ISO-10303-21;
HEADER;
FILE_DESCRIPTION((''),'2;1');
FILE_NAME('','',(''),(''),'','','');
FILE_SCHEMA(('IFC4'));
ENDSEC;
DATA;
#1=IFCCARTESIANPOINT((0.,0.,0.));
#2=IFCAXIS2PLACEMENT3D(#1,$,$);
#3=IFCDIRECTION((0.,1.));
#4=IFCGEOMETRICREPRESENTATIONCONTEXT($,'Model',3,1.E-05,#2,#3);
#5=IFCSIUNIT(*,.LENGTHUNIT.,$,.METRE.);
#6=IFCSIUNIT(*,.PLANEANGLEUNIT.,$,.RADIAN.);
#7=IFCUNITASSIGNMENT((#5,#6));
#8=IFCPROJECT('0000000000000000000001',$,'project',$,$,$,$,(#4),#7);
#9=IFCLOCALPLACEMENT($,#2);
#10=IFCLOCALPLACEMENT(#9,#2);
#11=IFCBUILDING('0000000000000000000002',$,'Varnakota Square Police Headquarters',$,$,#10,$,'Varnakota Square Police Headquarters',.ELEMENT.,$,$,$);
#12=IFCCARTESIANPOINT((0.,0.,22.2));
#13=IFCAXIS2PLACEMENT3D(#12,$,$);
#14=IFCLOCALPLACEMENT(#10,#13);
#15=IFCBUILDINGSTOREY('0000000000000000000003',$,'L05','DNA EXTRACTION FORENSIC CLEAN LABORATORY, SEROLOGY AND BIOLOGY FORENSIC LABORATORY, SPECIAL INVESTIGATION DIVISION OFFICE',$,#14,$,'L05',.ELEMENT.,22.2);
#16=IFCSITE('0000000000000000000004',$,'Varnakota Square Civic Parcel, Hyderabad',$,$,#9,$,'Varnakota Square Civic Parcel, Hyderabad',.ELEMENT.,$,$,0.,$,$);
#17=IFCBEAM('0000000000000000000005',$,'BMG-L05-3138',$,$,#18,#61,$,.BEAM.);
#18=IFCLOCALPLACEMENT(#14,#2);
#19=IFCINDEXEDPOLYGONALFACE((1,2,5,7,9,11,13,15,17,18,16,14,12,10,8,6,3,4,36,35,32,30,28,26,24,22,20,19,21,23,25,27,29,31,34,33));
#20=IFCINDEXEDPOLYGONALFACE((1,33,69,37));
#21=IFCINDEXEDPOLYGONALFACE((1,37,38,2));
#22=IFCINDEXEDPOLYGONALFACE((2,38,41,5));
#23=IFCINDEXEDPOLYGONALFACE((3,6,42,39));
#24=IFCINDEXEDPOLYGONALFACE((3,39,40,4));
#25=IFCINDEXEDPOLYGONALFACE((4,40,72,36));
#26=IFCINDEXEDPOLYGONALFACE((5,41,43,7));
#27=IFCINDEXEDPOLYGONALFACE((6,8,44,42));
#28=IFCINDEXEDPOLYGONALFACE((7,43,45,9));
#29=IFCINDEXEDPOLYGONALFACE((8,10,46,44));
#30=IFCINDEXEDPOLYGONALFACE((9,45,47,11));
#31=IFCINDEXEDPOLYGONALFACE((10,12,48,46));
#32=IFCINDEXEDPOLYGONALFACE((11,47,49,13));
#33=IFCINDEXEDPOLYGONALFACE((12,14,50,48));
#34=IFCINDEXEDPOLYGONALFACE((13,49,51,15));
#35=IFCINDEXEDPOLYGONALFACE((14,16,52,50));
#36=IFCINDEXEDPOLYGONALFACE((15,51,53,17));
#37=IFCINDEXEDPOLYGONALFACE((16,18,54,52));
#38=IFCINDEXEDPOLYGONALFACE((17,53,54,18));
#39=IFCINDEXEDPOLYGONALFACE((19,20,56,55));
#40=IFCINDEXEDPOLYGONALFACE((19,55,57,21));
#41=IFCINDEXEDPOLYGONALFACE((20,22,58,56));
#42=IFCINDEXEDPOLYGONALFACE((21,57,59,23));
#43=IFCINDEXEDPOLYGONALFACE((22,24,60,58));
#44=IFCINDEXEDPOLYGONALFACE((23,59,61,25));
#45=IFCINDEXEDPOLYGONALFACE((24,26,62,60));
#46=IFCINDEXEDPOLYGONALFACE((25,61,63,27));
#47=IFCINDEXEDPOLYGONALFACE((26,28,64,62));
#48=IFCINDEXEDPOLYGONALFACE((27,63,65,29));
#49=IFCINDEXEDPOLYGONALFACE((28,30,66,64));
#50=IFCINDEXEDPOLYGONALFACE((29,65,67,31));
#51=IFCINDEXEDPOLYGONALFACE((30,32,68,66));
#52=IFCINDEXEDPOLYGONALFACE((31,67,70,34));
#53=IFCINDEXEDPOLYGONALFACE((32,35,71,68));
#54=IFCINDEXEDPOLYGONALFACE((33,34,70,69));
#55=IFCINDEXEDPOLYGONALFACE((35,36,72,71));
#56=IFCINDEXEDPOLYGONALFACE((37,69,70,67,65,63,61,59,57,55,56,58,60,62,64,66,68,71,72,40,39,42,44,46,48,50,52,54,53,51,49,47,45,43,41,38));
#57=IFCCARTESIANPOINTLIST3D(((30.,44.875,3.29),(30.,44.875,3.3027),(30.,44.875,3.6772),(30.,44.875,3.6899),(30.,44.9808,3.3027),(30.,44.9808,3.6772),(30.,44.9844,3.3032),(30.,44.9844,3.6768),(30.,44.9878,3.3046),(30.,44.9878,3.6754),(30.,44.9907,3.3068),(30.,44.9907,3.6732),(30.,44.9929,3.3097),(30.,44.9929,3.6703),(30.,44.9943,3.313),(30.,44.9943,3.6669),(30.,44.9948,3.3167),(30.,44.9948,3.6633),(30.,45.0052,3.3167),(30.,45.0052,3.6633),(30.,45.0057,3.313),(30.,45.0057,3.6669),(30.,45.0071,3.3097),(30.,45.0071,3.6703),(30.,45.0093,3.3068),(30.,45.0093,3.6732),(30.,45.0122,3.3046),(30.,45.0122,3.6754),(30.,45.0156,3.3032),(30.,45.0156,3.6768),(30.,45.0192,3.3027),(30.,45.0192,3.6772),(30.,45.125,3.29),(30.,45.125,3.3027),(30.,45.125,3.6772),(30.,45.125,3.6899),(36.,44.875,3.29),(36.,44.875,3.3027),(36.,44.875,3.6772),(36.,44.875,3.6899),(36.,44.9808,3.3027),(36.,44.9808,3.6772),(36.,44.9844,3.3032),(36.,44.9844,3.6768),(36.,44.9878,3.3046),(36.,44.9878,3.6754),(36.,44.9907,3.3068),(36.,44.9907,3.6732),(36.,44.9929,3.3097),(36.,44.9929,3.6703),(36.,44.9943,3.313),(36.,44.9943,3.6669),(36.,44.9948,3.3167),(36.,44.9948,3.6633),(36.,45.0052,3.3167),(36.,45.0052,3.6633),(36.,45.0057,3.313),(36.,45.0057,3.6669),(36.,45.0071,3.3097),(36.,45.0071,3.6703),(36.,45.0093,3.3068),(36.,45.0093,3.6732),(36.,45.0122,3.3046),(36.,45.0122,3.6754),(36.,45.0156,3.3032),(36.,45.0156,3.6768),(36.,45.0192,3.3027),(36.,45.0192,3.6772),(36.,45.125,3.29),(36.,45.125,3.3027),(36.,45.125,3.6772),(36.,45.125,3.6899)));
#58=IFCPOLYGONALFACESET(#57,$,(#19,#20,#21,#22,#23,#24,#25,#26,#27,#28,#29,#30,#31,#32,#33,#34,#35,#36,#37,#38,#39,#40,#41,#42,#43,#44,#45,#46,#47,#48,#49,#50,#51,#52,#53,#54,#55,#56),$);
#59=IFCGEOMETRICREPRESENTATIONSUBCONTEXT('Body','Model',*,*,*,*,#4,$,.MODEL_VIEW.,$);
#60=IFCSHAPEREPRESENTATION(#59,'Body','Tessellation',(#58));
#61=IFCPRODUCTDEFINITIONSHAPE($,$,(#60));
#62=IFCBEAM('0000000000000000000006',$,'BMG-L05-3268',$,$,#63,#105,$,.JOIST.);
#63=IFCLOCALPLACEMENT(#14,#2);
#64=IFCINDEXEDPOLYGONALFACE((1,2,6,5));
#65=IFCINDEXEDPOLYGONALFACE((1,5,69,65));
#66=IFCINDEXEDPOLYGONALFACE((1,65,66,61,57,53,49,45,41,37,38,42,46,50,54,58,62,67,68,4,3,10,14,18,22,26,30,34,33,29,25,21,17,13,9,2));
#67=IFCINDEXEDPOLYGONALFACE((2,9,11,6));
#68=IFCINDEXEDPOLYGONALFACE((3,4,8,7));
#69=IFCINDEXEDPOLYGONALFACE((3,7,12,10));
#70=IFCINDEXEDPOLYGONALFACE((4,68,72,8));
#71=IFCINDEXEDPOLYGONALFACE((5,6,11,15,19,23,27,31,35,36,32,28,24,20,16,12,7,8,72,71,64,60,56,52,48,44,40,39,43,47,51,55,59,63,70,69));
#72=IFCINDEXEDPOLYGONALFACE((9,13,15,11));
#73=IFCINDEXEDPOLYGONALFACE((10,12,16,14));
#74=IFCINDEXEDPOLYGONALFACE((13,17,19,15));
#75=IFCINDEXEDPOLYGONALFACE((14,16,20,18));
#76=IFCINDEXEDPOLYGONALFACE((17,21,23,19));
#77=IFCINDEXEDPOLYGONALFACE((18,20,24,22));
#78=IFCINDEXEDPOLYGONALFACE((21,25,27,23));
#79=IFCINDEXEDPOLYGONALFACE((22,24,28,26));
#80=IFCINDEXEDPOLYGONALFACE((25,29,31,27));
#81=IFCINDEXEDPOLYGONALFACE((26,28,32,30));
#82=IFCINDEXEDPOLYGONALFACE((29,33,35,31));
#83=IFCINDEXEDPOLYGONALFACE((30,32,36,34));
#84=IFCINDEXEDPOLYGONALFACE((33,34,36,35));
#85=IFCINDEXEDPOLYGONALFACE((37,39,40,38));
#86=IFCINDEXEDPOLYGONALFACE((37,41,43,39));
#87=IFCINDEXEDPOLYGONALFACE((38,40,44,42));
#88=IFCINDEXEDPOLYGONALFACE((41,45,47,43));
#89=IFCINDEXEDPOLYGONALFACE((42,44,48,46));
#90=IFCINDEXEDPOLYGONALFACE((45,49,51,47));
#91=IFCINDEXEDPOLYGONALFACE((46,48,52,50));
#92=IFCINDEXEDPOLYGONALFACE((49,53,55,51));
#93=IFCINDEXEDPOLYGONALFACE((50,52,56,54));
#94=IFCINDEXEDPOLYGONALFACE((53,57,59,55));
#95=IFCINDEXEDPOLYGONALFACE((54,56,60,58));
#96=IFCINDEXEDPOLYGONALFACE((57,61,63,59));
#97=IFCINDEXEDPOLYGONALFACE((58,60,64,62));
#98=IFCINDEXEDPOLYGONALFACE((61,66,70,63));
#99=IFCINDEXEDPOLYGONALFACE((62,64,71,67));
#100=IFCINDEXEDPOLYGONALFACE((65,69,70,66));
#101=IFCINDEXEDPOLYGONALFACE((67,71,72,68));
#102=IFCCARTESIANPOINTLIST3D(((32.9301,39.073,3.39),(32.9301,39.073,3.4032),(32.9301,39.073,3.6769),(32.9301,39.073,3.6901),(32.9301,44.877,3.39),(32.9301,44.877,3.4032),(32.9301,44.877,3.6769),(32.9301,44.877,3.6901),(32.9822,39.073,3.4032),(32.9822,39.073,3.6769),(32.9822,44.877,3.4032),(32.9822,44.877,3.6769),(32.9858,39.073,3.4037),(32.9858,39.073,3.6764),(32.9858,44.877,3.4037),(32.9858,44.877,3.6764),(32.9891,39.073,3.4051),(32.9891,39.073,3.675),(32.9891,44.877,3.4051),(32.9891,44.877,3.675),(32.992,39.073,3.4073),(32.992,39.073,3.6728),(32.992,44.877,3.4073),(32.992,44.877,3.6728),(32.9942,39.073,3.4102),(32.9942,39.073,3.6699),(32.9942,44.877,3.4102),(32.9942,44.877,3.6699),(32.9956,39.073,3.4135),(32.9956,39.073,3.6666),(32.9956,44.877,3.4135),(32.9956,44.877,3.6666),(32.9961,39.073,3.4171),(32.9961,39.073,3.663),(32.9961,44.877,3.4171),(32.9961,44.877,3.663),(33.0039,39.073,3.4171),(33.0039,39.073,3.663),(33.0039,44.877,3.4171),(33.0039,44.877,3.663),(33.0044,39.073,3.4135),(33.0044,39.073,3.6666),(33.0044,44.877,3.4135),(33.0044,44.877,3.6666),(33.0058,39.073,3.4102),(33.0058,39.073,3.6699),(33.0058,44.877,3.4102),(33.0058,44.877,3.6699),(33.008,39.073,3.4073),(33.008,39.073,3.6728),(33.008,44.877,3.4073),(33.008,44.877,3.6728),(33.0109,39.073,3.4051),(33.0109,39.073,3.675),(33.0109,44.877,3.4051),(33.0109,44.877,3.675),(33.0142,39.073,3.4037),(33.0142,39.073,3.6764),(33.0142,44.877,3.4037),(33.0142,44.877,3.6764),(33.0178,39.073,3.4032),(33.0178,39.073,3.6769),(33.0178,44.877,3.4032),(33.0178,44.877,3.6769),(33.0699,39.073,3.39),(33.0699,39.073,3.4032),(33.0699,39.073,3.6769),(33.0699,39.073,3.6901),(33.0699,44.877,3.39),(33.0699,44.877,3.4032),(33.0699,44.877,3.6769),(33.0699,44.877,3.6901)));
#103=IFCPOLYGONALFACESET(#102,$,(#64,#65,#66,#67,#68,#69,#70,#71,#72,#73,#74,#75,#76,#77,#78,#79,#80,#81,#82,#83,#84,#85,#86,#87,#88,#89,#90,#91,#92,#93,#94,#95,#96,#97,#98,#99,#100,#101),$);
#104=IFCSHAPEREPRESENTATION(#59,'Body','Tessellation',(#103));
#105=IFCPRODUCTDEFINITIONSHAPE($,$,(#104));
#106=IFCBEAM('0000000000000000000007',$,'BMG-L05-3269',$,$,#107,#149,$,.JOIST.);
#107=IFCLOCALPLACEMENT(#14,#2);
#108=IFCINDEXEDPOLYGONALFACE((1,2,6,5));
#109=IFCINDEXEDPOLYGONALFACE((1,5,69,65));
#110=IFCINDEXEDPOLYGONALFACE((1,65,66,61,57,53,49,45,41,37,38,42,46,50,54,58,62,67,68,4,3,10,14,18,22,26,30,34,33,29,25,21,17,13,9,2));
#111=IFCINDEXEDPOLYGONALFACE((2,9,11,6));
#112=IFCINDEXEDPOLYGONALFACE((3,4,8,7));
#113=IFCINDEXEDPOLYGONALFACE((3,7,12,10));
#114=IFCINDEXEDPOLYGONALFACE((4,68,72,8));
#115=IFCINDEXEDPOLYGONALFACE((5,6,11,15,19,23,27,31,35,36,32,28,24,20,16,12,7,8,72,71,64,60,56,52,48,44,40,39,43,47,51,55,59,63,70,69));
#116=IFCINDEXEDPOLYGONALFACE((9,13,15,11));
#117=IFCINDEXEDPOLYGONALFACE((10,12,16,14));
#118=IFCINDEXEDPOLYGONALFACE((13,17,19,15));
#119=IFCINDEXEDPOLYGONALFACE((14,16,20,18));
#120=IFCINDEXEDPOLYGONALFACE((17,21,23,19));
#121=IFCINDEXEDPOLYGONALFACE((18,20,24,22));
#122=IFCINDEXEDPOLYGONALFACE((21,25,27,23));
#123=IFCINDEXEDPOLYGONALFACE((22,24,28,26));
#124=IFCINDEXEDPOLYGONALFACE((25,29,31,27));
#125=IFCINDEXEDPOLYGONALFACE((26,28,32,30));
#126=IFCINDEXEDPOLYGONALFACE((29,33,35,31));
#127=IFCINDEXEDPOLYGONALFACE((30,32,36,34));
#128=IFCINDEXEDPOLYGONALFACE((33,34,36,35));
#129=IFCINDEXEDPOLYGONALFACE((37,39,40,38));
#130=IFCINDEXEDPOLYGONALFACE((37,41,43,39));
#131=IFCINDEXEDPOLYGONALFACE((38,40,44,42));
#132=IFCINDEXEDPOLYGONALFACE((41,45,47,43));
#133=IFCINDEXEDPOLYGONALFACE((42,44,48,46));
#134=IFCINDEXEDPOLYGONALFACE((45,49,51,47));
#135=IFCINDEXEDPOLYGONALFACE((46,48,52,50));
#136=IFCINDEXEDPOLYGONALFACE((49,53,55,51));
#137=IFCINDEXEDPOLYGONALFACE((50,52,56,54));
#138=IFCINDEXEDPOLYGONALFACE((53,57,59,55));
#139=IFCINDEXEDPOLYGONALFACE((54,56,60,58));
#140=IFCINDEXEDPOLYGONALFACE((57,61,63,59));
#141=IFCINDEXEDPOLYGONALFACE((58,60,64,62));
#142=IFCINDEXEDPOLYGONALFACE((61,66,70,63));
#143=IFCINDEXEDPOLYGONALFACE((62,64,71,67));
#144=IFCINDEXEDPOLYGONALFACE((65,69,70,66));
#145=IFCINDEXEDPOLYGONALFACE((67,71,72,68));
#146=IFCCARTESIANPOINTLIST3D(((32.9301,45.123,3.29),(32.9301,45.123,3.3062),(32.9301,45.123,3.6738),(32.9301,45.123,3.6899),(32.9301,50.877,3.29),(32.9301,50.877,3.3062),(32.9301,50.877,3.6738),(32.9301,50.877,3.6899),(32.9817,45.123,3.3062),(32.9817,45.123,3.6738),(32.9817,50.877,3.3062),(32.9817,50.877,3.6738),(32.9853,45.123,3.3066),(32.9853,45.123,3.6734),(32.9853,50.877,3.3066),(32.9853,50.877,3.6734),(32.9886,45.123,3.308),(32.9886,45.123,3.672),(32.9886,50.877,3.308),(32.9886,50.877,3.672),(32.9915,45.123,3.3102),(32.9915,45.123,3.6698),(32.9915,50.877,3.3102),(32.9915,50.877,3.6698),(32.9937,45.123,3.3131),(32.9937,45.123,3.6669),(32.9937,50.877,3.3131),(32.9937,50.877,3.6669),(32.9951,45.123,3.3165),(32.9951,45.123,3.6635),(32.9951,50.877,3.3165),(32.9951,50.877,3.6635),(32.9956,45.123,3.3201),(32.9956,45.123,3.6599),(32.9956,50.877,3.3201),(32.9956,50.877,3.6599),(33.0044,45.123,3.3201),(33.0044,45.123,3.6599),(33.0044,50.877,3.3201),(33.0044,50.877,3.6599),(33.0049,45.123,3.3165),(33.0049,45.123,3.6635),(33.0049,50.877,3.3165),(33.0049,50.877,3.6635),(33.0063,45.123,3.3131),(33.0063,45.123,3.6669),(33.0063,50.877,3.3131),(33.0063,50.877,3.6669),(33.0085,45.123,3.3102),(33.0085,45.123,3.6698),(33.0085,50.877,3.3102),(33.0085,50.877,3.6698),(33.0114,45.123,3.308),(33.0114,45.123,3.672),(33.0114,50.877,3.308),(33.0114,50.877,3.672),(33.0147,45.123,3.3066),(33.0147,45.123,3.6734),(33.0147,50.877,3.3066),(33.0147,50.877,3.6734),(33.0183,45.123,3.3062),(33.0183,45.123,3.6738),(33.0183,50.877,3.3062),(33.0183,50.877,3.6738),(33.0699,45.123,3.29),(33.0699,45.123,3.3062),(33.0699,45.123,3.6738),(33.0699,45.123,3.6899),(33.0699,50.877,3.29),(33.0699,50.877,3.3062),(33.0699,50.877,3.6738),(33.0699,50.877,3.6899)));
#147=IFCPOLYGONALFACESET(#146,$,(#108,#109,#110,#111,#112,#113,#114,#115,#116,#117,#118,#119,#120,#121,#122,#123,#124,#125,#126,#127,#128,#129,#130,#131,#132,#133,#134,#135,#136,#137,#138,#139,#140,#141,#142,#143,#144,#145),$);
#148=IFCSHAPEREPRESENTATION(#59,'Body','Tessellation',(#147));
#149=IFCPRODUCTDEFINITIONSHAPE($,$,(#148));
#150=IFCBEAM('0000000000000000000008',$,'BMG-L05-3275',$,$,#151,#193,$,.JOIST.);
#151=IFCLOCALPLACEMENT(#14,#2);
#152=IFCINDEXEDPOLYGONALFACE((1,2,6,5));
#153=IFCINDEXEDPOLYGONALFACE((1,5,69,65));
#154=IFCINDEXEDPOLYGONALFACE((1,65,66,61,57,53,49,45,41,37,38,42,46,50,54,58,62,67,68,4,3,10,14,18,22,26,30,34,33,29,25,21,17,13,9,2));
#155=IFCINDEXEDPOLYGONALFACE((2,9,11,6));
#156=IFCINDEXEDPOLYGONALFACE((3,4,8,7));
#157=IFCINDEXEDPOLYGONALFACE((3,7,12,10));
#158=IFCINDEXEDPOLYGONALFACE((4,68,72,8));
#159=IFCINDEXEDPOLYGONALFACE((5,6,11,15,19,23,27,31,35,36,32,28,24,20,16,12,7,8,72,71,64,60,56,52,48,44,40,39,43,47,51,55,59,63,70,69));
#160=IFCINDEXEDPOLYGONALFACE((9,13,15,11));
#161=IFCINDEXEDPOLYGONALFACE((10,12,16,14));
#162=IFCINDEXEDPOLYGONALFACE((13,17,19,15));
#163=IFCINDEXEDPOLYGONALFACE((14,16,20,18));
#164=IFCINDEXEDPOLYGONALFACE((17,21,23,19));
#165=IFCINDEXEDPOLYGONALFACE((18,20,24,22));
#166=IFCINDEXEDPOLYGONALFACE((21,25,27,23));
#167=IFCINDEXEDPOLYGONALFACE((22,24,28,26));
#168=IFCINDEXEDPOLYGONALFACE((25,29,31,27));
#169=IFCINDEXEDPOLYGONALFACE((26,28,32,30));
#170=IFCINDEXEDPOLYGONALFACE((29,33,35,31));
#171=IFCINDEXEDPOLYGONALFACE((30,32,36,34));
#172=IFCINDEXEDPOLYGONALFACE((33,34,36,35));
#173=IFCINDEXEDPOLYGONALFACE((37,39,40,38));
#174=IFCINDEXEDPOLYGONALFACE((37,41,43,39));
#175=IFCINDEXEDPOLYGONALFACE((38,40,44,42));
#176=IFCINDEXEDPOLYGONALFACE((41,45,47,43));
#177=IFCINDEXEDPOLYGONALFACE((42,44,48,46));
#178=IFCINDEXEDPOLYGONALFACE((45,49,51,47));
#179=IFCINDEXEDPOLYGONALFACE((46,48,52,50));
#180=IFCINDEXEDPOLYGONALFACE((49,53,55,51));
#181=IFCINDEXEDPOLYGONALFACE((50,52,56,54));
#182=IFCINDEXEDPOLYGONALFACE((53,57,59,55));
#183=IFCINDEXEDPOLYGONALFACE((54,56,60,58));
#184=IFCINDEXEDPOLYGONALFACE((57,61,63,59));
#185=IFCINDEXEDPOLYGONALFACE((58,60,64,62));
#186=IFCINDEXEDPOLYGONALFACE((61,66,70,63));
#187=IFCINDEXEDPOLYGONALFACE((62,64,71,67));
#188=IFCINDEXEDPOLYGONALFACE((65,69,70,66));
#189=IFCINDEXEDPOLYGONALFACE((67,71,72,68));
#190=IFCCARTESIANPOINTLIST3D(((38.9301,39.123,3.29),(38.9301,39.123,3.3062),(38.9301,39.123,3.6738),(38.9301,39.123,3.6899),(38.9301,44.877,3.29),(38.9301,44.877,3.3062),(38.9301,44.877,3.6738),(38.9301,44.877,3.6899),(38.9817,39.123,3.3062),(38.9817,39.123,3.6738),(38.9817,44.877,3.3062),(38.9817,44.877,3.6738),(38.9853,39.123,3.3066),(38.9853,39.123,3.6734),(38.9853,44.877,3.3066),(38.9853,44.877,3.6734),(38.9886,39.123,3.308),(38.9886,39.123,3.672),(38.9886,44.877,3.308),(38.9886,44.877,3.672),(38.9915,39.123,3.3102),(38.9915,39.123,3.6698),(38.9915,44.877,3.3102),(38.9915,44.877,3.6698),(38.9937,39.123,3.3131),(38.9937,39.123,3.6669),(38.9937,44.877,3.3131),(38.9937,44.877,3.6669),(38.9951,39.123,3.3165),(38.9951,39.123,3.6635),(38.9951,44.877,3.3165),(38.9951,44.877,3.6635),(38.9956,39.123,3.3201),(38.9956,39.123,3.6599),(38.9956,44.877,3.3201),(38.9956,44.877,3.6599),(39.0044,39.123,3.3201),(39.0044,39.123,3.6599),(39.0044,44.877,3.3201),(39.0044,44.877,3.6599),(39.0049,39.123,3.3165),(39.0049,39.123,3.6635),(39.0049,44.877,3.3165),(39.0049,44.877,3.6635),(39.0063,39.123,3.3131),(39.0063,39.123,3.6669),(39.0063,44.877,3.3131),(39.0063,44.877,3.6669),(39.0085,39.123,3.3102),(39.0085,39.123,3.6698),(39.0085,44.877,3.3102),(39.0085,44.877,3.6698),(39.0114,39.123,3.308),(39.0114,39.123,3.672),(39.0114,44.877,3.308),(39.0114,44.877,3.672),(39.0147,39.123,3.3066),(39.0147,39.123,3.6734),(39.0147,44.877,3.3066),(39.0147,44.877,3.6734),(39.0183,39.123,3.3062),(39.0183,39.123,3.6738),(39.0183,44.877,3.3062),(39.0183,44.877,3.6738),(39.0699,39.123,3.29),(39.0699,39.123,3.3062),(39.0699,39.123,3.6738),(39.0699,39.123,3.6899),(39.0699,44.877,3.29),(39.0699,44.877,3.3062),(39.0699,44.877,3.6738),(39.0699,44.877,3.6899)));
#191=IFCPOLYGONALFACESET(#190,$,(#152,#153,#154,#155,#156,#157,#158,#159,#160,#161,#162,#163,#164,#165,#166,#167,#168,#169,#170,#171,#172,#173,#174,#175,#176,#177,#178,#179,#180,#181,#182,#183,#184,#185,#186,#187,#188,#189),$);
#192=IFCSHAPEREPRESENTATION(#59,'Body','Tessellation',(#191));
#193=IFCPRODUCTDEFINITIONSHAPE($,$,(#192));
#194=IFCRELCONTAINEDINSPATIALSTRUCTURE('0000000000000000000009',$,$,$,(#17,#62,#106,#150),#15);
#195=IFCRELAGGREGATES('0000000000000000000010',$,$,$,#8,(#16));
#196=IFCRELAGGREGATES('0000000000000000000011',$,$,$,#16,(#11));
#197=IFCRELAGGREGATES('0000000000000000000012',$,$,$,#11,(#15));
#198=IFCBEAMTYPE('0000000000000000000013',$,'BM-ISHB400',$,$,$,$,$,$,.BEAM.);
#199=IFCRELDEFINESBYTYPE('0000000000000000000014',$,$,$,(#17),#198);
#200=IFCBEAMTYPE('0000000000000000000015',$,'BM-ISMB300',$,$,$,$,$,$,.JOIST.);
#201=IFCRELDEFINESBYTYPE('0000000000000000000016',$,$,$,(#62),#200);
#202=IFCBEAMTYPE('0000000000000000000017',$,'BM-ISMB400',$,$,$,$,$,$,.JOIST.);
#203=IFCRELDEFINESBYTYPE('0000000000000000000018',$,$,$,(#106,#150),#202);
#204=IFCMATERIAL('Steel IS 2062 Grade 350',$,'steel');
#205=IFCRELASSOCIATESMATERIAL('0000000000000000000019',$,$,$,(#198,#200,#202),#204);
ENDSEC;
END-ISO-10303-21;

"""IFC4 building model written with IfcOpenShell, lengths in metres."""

from ifc_helpers import new_model, si_unit, direction, frame, origin, origin_2d, place, context, subcontext, project, spatial, i_section, extrude, material, material_profile, profile_set, type_object, element, save


model = new_model("IFC4")

# Units and contexts
model_context = context("Model", 3, precision=1e-05, world=origin(), true_north=direction((0.0, 1.0)))
body_context = subcontext(model_context, "Body", "Model", "MODEL_VIEW")
ifc_project = project(units=[si_unit("LENGTHUNIT", "METRE"), si_unit("PLANEANGLEUNIT", "RADIAN")], contexts=[model_context])

# Site, building, storey
site_placement = place(None, origin())
site = spatial("IfcSite", under=ifc_project, at=site_placement, Name="Varnakota Square Civic Parcel, Hyderabad", LongName="Varnakota Square Civic Parcel, Hyderabad", CompositionType="ELEMENT", RefElevation=0.0)
building_placement = place(site_placement, origin())
building = spatial("IfcBuilding", under=site, at=building_placement, Name="Varnakota Square Police Headquarters", LongName="Varnakota Square Police Headquarters", CompositionType="ELEMENT")
storey_placement = place(building_placement, frame((0.0, 0.0, 22.2)))
storey = spatial("IfcBuildingStorey", under=building, at=storey_placement, Name="L05", Description="DNA EXTRACTION FORENSIC CLEAN LABORATORY, SEROLOGY AND BIOLOGY FORENSIC LABORATORY, SPECIAL INVESTIGATION DIVISION OFFICE", LongName="L05", CompositionType="ELEMENT", Elevation=22.2)

# Shared definitions
ifc_material_1 = material(Name="Steel IS 2062 Grade 350", Category="steel")

# Beams
ifc_material_profile_1 = material_profile(ifc_material_1, i_section(OverallWidth=0.25, OverallDepth=0.3999, WebThickness=0.0105, FlangeThickness=0.0127, FilletRadius=0.0139, at=origin_2d()), Name="ISHB 400")
ifc_profile_set_1 = profile_set([ifc_material_profile_1], Name="Steel IS 2062 Grade 350")
beam_type_1 = type_object("IfcBeamType", Name="BM-ISHB400", PredefinedType="BEAM", material=ifc_profile_set_1)
beam_1_placement = place(storey_placement, frame((30.0, 45.0, 3.49), z_axis=(1.0, 0.0, 0.0), x_axis=(0.0, 1.0, 0.0)))
element("IfcBeam", 1, at=beam_1_placement, inside=storey, type_object=beam_type_1, Name="BMG-L05-3138", PredefinedType="BEAM", context=body_context, shape_type="SweptSolid", body=[
    extrude(i_section(OverallWidth=0.25, OverallDepth=0.3999, WebThickness=0.0105, FlangeThickness=0.0127, FilletRadius=0.0139, at=origin_2d()), origin(), (0.0, 0.0, 1.0), 6.0),
])
ifc_material_profile_2 = material_profile(ifc_material_1, i_section(OverallWidth=0.1399, OverallDepth=0.3, WebThickness=0.0078, FlangeThickness=0.0132, FilletRadius=0.0139, at=origin_2d()), Name="ISMB 300")
ifc_profile_set_2 = profile_set([ifc_material_profile_2], Name="Steel IS 2062 Grade 350")
beam_type_2 = type_object("IfcBeamType", Name="BM-ISMB300", PredefinedType="JOIST", material=ifc_profile_set_2)
beam_2_placement = place(storey_placement, frame((33.0, 39.073, 3.54), z_axis=(0.0, 1.0, 0.0), x_axis=(-1.0, 0.0, 0.0)))
element("IfcBeam", 2, at=beam_2_placement, inside=storey, type_object=beam_type_2, Name="BMG-L05-3268", PredefinedType="JOIST", context=body_context, shape_type="SweptSolid", body=[
    extrude(i_section(OverallWidth=0.1399, OverallDepth=0.3, WebThickness=0.0078, FlangeThickness=0.0132, FilletRadius=0.0139, at=origin_2d()), origin(), (0.0, 0.0, 1.0), 5.804),
])
ifc_material_profile_3 = material_profile(ifc_material_1, i_section(OverallWidth=0.1399, OverallDepth=0.3999, WebThickness=0.0088, FlangeThickness=0.0161, FilletRadius=0.0139, at=origin_2d()), Name="ISMB 400")
ifc_profile_set_3 = profile_set([ifc_material_profile_3], Name="Steel IS 2062 Grade 350")
beam_type_3 = type_object("IfcBeamType", Name="BM-ISMB400", PredefinedType="JOIST", material=ifc_profile_set_3)
for number, where, z_axis, x_axis, name in (
    (3, (33.0, 45.123, 3.49), (0.0, 1.0, 0.0), (-1.0, 0.0, 0.0), "BMG-L05-3269"),
    (4, (39.0, 39.123, 3.49), (0.0, 1.0, 0.0), (-1.0, 0.0, 0.0), "BMG-L05-3275"),
):
    element("IfcBeam", number, at=place(storey_placement, frame(where, z_axis=z_axis, x_axis=x_axis)), inside=storey, type_object=beam_type_3, Name=name, PredefinedType="JOIST", context=body_context, shape_type="SweptSolid", body=[
        extrude(i_section(OverallWidth=0.1399, OverallDepth=0.3999, WebThickness=0.0088, FlangeThickness=0.0161, FilletRadius=0.0139, at=origin_2d()), origin(), (0.0, 0.0, 1.0), 5.7539),
    ])

save(model, "model.ifc")
